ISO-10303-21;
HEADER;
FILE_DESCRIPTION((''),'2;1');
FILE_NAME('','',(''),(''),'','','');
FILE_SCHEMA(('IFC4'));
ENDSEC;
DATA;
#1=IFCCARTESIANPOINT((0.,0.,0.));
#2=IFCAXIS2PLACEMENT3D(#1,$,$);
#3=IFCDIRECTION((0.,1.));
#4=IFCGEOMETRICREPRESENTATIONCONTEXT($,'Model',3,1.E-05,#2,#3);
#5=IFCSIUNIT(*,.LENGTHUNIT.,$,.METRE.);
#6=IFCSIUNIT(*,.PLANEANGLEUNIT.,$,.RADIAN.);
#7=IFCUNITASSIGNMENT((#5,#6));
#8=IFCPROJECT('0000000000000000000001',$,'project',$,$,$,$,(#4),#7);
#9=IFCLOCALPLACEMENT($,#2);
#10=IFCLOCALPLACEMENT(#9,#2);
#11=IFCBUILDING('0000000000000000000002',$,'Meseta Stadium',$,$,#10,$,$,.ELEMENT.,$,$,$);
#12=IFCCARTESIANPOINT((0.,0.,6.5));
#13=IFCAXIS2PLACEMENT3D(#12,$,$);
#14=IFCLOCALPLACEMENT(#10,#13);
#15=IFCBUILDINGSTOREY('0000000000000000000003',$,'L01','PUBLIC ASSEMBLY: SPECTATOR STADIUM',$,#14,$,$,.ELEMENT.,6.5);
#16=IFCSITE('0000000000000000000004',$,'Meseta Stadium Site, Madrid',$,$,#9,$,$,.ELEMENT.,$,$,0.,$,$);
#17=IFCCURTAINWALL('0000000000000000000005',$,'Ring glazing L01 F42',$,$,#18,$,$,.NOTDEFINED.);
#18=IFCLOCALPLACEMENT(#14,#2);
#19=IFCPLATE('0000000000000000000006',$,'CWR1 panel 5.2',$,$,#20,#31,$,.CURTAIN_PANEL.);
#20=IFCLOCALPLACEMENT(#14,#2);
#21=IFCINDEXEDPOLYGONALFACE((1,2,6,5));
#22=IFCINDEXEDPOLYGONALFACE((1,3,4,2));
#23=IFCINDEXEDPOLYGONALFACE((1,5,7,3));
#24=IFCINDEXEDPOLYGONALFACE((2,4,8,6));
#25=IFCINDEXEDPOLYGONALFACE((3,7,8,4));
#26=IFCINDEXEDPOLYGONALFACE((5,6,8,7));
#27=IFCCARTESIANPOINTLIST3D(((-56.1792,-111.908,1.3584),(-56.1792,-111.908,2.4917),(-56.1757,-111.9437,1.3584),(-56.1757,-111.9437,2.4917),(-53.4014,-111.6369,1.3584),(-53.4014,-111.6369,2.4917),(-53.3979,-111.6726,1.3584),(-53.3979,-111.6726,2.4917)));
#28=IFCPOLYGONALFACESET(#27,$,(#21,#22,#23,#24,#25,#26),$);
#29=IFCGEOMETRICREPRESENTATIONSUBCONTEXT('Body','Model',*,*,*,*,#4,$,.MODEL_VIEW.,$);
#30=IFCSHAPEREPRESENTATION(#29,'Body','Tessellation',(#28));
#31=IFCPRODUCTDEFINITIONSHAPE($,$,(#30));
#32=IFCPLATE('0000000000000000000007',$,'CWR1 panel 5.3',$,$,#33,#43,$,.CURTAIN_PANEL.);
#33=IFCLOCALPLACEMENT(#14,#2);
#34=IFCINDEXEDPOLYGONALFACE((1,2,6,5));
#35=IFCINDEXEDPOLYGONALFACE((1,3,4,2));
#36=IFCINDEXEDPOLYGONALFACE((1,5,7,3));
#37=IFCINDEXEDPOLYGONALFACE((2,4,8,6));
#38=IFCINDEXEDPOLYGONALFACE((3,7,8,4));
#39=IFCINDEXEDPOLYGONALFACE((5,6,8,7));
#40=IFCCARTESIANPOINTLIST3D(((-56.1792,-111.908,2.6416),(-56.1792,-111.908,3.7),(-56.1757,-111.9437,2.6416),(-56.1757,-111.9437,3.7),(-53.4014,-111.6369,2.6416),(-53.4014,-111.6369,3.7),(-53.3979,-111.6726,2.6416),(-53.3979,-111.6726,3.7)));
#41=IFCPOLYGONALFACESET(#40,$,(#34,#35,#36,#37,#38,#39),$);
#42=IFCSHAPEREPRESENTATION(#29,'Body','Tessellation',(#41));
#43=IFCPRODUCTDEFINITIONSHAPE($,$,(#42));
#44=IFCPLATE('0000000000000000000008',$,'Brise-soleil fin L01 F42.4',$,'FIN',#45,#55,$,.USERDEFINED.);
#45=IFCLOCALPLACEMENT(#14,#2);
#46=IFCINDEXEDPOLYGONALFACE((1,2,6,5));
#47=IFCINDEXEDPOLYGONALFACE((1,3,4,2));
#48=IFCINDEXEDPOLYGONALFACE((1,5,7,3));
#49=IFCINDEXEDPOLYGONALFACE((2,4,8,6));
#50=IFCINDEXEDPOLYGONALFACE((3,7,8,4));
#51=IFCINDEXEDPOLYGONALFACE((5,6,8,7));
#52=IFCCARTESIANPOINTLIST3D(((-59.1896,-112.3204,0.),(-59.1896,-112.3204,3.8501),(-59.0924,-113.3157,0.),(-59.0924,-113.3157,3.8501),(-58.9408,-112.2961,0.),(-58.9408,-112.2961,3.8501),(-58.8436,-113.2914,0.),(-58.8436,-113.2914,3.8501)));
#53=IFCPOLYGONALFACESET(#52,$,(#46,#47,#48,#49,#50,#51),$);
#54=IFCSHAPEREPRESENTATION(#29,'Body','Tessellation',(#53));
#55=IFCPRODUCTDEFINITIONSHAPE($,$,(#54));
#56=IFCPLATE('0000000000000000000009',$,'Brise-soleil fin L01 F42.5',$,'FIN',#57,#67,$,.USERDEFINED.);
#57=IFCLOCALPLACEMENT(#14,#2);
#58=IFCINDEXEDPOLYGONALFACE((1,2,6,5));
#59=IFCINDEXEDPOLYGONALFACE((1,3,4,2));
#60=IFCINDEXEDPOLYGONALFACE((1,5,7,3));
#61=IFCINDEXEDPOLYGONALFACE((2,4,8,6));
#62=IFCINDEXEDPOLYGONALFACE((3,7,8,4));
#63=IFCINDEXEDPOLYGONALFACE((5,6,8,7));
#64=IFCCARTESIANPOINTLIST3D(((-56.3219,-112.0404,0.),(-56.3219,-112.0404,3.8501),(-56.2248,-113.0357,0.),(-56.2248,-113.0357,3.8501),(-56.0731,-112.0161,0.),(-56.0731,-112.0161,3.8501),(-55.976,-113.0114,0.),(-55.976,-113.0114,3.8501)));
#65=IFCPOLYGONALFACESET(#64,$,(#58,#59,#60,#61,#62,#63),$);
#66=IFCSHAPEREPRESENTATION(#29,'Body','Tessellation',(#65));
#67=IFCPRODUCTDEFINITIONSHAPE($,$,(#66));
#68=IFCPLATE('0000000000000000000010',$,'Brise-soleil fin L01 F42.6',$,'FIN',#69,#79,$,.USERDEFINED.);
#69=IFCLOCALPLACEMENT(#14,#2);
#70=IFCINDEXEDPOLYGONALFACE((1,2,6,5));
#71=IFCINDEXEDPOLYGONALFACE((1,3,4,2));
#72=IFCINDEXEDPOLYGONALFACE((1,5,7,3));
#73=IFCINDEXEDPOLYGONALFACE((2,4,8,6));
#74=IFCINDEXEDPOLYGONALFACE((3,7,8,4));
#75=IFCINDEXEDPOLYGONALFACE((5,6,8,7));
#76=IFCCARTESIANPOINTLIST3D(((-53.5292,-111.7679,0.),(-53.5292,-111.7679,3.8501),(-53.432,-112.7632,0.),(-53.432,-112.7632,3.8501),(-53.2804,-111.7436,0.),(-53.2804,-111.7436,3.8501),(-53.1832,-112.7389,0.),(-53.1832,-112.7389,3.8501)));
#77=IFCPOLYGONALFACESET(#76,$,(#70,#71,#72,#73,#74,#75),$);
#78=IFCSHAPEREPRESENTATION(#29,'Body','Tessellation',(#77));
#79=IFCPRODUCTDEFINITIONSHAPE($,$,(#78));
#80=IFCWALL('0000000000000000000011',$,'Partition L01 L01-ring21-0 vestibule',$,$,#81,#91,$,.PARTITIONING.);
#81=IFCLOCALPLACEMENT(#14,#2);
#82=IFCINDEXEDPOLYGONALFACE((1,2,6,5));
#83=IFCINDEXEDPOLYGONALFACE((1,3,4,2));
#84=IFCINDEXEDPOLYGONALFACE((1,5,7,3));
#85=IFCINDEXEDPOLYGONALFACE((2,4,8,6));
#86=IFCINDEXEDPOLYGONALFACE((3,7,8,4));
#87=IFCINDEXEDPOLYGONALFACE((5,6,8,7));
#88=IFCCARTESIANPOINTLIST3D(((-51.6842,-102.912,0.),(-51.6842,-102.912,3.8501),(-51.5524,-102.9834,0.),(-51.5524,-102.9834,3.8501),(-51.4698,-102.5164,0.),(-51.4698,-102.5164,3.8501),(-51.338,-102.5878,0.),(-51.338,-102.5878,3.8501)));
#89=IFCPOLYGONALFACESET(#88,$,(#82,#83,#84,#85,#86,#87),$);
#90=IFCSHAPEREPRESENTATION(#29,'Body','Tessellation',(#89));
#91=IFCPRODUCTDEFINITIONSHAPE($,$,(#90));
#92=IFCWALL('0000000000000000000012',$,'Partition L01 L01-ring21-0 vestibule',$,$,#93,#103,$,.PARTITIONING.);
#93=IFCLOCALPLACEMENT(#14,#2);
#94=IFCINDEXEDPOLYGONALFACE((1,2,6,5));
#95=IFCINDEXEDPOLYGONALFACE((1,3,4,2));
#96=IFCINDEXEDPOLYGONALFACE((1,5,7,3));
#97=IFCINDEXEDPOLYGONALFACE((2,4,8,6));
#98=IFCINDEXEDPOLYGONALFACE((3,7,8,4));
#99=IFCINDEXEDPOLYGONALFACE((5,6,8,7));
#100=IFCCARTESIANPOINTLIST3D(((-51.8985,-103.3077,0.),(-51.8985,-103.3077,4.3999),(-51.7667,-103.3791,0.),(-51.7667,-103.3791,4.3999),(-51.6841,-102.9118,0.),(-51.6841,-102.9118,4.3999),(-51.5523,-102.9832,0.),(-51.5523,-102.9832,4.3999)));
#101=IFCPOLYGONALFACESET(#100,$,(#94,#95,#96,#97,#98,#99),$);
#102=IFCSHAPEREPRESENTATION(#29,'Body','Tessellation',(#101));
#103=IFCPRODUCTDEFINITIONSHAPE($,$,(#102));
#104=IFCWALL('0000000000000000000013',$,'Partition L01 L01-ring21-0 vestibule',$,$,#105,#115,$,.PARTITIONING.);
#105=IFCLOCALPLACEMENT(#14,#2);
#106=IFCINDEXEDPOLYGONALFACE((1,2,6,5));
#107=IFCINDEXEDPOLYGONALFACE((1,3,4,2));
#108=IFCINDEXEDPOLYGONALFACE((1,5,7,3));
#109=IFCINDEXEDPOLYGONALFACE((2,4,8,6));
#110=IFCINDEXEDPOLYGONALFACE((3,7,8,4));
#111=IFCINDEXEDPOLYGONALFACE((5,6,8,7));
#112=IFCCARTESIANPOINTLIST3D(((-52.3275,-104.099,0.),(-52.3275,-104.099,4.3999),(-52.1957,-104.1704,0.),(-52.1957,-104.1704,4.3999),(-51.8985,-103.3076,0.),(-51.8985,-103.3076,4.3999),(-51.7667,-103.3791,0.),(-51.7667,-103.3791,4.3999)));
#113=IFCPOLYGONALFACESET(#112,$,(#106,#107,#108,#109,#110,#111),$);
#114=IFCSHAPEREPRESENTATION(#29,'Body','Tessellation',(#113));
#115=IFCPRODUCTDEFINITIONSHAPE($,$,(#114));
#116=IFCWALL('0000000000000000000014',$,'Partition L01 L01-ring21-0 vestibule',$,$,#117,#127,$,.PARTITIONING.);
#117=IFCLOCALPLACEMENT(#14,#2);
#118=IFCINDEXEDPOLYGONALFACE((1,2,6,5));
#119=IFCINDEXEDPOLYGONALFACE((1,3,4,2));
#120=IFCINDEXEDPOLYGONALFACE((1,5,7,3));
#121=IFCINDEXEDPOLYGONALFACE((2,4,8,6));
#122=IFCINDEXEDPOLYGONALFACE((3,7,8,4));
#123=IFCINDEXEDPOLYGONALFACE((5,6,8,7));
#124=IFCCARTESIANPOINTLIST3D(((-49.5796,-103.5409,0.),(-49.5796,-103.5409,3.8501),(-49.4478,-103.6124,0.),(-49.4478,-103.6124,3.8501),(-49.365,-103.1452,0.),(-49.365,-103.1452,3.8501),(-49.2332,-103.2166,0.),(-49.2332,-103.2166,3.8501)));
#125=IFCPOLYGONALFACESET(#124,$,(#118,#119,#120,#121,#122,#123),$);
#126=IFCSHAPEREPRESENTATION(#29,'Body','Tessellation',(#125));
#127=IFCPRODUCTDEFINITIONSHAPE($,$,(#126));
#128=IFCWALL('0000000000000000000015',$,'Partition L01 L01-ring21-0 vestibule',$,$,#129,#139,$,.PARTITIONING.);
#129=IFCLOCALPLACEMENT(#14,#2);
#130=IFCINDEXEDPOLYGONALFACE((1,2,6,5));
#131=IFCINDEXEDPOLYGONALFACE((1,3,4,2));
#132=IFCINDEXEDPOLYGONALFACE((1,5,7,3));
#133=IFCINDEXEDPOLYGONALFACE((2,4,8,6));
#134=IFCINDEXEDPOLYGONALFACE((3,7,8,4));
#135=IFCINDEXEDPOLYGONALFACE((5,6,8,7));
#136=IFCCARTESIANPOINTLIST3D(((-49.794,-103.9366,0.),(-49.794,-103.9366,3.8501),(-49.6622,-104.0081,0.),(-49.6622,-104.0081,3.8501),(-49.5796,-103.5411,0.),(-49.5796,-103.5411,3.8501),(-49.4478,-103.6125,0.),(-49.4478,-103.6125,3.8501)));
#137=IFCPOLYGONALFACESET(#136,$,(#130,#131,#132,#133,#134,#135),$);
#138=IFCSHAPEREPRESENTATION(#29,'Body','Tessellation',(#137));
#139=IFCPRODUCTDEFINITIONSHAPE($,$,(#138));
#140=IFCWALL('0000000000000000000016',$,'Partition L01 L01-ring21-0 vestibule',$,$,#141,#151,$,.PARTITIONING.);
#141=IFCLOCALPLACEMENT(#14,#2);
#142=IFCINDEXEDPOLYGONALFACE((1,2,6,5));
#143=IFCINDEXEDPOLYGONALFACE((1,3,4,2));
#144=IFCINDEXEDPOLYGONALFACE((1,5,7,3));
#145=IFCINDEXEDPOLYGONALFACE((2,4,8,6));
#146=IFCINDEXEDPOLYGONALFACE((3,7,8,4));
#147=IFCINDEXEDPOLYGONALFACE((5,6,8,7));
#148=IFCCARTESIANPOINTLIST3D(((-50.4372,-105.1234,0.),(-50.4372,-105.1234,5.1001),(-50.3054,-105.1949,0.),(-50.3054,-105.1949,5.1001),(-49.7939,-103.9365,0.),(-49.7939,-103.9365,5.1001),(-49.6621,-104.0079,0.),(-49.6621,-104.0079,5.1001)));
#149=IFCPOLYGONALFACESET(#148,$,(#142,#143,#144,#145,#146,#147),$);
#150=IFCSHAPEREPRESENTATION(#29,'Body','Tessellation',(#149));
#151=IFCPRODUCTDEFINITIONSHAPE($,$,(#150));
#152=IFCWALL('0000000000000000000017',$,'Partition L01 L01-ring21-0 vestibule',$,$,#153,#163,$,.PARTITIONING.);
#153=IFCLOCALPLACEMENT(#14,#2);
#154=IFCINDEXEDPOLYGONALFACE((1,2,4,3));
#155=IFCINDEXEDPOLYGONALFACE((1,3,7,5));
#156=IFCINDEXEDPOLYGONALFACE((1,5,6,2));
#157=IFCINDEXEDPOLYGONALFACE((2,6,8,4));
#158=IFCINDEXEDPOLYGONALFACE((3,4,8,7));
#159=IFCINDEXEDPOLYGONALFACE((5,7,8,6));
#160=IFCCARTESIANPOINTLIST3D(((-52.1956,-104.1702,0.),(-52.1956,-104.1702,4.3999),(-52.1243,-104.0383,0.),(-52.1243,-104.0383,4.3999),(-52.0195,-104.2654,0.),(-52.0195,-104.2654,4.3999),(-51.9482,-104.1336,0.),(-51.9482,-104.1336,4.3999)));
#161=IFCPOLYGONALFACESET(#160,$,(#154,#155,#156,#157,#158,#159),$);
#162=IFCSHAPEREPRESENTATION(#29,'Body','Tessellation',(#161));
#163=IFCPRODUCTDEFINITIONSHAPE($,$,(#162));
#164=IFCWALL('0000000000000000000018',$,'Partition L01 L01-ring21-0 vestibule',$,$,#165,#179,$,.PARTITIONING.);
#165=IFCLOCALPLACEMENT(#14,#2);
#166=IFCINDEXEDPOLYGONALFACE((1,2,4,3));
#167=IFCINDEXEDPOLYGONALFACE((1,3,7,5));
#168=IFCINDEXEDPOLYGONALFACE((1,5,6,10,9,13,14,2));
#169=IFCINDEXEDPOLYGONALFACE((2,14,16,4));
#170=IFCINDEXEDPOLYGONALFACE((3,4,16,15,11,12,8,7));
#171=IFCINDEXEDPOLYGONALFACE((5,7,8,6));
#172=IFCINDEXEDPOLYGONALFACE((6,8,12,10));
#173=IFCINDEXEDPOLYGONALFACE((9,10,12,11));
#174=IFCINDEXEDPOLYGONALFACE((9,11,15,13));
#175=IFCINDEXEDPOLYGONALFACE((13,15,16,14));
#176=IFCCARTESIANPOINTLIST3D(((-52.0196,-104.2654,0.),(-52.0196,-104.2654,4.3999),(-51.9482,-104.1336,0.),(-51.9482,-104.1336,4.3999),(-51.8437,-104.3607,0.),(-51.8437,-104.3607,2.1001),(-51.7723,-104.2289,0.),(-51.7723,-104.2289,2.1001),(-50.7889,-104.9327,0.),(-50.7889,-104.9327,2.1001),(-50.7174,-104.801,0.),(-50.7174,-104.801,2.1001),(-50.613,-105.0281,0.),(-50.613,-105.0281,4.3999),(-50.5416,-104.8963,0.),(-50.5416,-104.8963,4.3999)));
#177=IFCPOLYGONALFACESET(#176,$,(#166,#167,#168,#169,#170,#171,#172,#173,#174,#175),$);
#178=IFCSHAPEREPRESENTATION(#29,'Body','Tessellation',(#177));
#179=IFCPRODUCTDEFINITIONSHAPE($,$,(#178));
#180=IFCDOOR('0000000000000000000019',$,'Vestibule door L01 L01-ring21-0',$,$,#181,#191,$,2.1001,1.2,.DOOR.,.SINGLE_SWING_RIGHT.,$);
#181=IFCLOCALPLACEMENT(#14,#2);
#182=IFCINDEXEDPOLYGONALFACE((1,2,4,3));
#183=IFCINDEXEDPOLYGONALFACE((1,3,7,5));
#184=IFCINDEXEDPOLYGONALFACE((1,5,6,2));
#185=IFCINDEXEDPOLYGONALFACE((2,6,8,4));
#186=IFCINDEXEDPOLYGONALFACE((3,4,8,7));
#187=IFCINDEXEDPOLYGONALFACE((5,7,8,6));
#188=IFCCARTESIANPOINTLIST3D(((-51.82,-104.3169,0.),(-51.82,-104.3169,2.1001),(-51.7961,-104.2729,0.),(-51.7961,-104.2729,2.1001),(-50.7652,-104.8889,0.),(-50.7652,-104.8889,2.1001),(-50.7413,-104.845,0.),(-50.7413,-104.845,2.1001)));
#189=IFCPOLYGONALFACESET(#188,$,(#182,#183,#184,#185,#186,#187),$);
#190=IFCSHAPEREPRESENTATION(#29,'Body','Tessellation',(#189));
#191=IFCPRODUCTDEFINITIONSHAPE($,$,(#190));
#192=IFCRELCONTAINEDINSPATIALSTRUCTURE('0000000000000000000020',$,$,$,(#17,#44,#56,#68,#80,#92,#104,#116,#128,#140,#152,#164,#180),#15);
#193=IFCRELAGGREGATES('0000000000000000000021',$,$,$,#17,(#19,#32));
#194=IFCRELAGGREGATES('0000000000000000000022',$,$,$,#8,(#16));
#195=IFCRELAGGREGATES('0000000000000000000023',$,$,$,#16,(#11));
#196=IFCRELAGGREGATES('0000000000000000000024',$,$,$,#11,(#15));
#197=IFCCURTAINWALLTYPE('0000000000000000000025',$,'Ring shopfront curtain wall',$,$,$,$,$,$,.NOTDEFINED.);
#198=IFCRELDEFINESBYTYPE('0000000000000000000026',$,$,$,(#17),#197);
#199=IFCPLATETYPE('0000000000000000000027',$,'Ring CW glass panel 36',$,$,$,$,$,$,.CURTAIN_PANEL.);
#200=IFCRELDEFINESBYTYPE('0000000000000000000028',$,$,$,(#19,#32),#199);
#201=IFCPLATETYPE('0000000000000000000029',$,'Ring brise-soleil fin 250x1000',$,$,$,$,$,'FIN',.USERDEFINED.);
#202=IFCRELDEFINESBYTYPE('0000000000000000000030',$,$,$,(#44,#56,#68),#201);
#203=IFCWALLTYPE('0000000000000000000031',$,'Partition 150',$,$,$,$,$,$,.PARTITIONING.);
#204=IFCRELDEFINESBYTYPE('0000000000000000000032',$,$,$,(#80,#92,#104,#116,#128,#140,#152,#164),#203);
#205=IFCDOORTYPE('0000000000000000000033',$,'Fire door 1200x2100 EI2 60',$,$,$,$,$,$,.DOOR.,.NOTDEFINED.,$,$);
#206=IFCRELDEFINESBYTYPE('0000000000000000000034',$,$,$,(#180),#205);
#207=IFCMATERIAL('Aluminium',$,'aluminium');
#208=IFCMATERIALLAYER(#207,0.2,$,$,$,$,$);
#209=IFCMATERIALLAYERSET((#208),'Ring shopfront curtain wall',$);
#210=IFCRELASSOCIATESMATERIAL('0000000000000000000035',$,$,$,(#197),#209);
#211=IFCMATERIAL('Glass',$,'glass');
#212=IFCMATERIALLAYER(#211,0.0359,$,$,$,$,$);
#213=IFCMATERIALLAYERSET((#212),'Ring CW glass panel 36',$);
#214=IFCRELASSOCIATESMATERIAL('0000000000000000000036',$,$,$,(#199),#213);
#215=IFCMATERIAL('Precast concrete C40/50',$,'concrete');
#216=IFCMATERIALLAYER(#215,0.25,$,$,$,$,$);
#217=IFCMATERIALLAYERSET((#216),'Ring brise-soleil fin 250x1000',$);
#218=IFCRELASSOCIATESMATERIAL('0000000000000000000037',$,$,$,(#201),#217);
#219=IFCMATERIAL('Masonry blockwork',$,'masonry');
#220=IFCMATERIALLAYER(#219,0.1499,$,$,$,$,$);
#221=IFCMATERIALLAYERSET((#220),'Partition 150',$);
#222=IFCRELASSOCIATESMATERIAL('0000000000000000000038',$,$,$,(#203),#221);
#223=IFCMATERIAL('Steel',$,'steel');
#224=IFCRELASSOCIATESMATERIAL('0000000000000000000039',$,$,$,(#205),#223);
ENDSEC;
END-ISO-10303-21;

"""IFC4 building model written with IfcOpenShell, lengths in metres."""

from ifc_helpers import new_model, si_unit, direction, frame, frame_2d, origin, origin_2d, place, context, subcontext, project, spatial, rectangle, extrude, material, layer, layer_set, type_object, element, fill, aggregate, save


model = new_model("IFC4")

# Units and contexts
model_context = context("Model", 3, precision=1e-05, world=origin(), true_north=direction((0.0, 1.0)))
body_context = subcontext(model_context, "Body", "Model", "MODEL_VIEW")
ifc_project = project(units=[si_unit("LENGTHUNIT", "METRE"), si_unit("PLANEANGLEUNIT", "RADIAN")], contexts=[model_context])

# Site, building, storey
site_placement = place(None, origin())
site = spatial("IfcSite", under=ifc_project, at=site_placement, Name="Meseta Stadium Site, Madrid", CompositionType="ELEMENT", RefElevation=0.0)
building_placement = place(site_placement, origin())
building = spatial("IfcBuilding", under=site, at=building_placement, Name="Meseta Stadium", CompositionType="ELEMENT")
storey_placement = place(building_placement, frame((0.0, 0.0, 6.5)))
storey = spatial("IfcBuildingStorey", under=building, at=storey_placement, Name="L01", Description="PUBLIC ASSEMBLY: SPECTATOR STADIUM", CompositionType="ELEMENT", Elevation=6.5)

# Curtain wall, plates
ifc_material_1 = material(Name="Aluminium", Category="aluminium")
ifc_layer_1 = layer(ifc_material_1, 0.2)
ifc_layer_set_1 = layer_set([ifc_layer_1], Name="Ring shopfront curtain wall")
curtain_wall_type = type_object("IfcCurtainWallType", Name="Ring shopfront curtain wall", PredefinedType="NOTDEFINED", material=ifc_layer_set_1)
curtain_wall_placement = place(storey_placement, origin())
curtain_wall = element("IfcCurtainWall", 1, at=curtain_wall_placement, inside=storey, type_object=curtain_wall_type, Name="Ring glazing L01 F42", PredefinedType="NOTDEFINED")
ifc_material_2 = material(Name="Glass", Category="glass")
ifc_layer_2 = layer(ifc_material_2, 0.0359)
ifc_layer_set_2 = layer_set([ifc_layer_2], Name="Ring CW glass panel 36")
plate_type_1 = type_object("IfcPlateType", Name="Ring CW glass panel 36", PredefinedType="CURTAIN_PANEL", material=ifc_layer_set_2)
plate_1_placement = place(storey_placement, frame((-54.7886, -111.7903, 1.3584), z_axis=(0.0, 0.0, 1.0), x_axis=(0.995272, 0.097125, 0.0)))
plate_1 = element("IfcPlate", 2, at=plate_1_placement, type_object=plate_type_1, Name="CWR1 panel 5.2", PredefinedType="CURTAIN_PANEL", context=body_context, shape_type="SweptSolid", body=[
    extrude(rectangle(XDim=2.791, YDim=0.0359, at=origin_2d()), origin(), (0.0, 0.0, 1.0), 1.1333),
])
plate_2_placement = place(storey_placement, frame((-54.7886, -111.7903, 2.6416), z_axis=(0.0, 0.0, 1.0), x_axis=(0.995272, 0.097125, 0.0)))
plate_2 = element("IfcPlate", 3, at=plate_2_placement, type_object=plate_type_1, Name="CWR1 panel 5.3", PredefinedType="CURTAIN_PANEL", context=body_context, shape_type="SweptSolid", body=[
    extrude(rectangle(XDim=2.791, YDim=0.0359, at=origin_2d()), origin(), (0.0, 0.0, 1.0), 1.0583),
])
aggregate(curtain_wall, [plate_1, plate_2])

# Plates
ifc_material_3 = material(Name="Precast concrete C40/50", Category="concrete")
ifc_layer_3 = layer(ifc_material_3, 0.25)
ifc_layer_set_3 = layer_set([ifc_layer_3], Name="Ring brise-soleil fin 250x1000")
plate_type_2 = type_object("IfcPlateType", Name="Ring brise-soleil fin 250x1000", ElementType="FIN", PredefinedType="USERDEFINED", material=ifc_layer_set_3)
for number, where, z_axis, x_axis, name in (
    (4, (-59.0166, -112.8059, 0.0), (0.0, 0.0, 1.0), (0.995272, 0.097123, 0.0), "Brise-soleil fin L01 F42.4"),
    (5, (-56.1489, -112.5259, 0.0), (0.0, 0.0, 1.0), (0.995272, 0.097123, 0.0), "Brise-soleil fin L01 F42.5"),
    (6, (-53.3562, -112.2534, 0.0), (0.0, 0.0, 1.0), (0.995272, 0.097123, 0.0), "Brise-soleil fin L01 F42.6"),
):
    element("IfcPlate", number, at=place(storey_placement, frame(where, z_axis=z_axis, x_axis=x_axis)), inside=storey, type_object=plate_type_2, Name=name, ObjectType="FIN", PredefinedType="USERDEFINED", context=body_context, shape_type="SweptSolid", body=[
        extrude(rectangle(XDim=0.25, YDim=1.0, at=origin_2d()), origin(), (0.0, 0.0, 1.0), 3.8501),
    ])

# Walls
ifc_material_4 = material(Name="Masonry blockwork", Category="masonry")
ifc_layer_4 = layer(ifc_material_4, 0.1499)
ifc_layer_set_4 = layer_set([ifc_layer_4], Name="Partition 150")
wall_type = type_object("IfcWallType", Name="Partition 150", PredefinedType="PARTITIONING", material=ifc_layer_set_4)
wall_1_placement = place(storey_placement, frame((-51.4038, -102.552, 0.0), z_axis=(0.0, 0.0, 1.0), x_axis=(-0.476493, -0.879178, 0.0)))
element("IfcWall", 7, at=wall_1_placement, inside=storey, type_object=wall_type, Name="Partition L01 L01-ring21-0 vestibule", PredefinedType="PARTITIONING", context=body_context, shape_type="SweptSolid", body=[
    extrude(rectangle(XDim=0.45, YDim=0.1499, at=frame_2d((0.2251, 0.0))), origin(), (0.0, 0.0, 1.0), 3.8501),
])
wall_2_placement = place(storey_placement, frame((-51.6182, -102.9475, 0.0), z_axis=(0.0, 0.0, 1.0), x_axis=(-0.476266, -0.879301, 0.0)))
element("IfcWall", 8, at=wall_2_placement, inside=storey, type_object=wall_type, Name="Partition L01 L01-ring21-0 vestibule", PredefinedType="PARTITIONING", context=body_context, shape_type="SweptSolid", body=[
    extrude(rectangle(XDim=0.4502, YDim=0.1499, at=frame_2d((0.2251, 0.0))), origin(), (0.0, 0.0, 1.0), 4.3999),
])
wall_3_placement = place(storey_placement, frame((-51.8325, -103.3433, 0.0), z_axis=(0.0, 0.0, 1.0), x_axis=(-0.476589, -0.879126, 0.0)))
element("IfcWall", 9, at=wall_3_placement, inside=storey, type_object=wall_type, Name="Partition L01 L01-ring21-0 vestibule", PredefinedType="PARTITIONING", context=body_context, shape_type="SweptSolid", body=[
    extrude(rectangle(XDim=0.9001, YDim=0.1499, at=frame_2d((0.4502, 0.0))), origin(), (0.0, 0.0, 1.0), 4.3999),
])
wall_4_placement = place(storey_placement, frame((-49.2991, -103.1809, 0.0), z_axis=(0.0, 0.0, 1.0), x_axis=(-0.476685, -0.879074, 0.0)))
element("IfcWall", 10, at=wall_4_placement, inside=storey, type_object=wall_type, Name="Partition L01 L01-ring21-0 vestibule", PredefinedType="PARTITIONING", context=body_context, shape_type="SweptSolid", body=[
    extrude(rectangle(XDim=0.4502, YDim=0.1499, at=frame_2d((0.2251, 0.0))), origin(), (0.0, 0.0, 1.0), 3.8501),
])
wall_5_placement = place(storey_placement, frame((-49.5137, -103.5767, 0.0), z_axis=(0.0, 0.0, 1.0), x_axis=(-0.476493, -0.879178, 0.0)))
element("IfcWall", 11, at=wall_5_placement, inside=storey, type_object=wall_type, Name="Partition L01 L01-ring21-0 vestibule", PredefinedType="PARTITIONING", context=body_context, shape_type="SweptSolid", body=[
    extrude(rectangle(XDim=0.45, YDim=0.1499, at=frame_2d((0.2251, 0.0))), origin(), (0.0, 0.0, 1.0), 3.8501),
])
wall_6_placement = place(storey_placement, frame((-49.728, -103.9722, 0.0), z_axis=(0.0, 0.0, 1.0), x_axis=(-0.476481, -0.879185, 0.0)))
element("IfcWall", 12, at=wall_6_placement, inside=storey, type_object=wall_type, Name="Partition L01 L01-ring21-0 vestibule", PredefinedType="PARTITIONING", context=body_context, shape_type="SweptSolid", body=[
    extrude(rectangle(XDim=1.3501, YDim=0.1499, at=frame_2d((0.675, 0.0))), origin(), (0.0, 0.0, 1.0), 5.1001),
])
wall_7_placement = place(storey_placement, frame((-52.1599, -104.1042, 0.0), z_axis=(0.0, 0.0, 1.0), x_axis=(0.879569, -0.475772, 0.0)))
element("IfcWall", 13, at=wall_7_placement, inside=storey, type_object=wall_type, Name="Partition L01 L01-ring21-0 vestibule", PredefinedType="PARTITIONING", context=body_context, shape_type="SweptSolid", body=[
    extrude(rectangle(XDim=0.2002, YDim=0.1499, at=frame_2d((0.1001, 0.0))), origin(), (0.0, 0.0, 1.0), 4.3999),
])

# Wall, opening, door
wall_8_placement = place(storey_placement, frame((-51.9839, -104.1995, 0.0), z_axis=(0.0, 0.0, 1.0), x_axis=(0.879071, -0.476691, 0.0)))
wall_8 = element("IfcWall", 14, at=wall_8_placement, inside=storey, type_object=wall_type, Name="Partition L01 L01-ring21-0 vestibule", PredefinedType="PARTITIONING", context=body_context, shape_type="SweptSolid", body=[
    extrude(rectangle(XDim=1.6001, YDim=0.1499, at=frame_2d((0.8, 0.0))), origin(), (0.0, 0.0, 1.0), 4.3999),
])
opening_placement = place(wall_8_placement, frame((0.2, 0.0, 0.0)))
opening = element("IfcOpeningElement", 15, at=opening_placement, cuts=wall_8, PredefinedType="OPENING", context=body_context, shape_type="SweptSolid", body=[
    extrude(rectangle(XDim=1.2, YDim=2.1001, at=frame_2d((0.6001, 1.05))), frame((0.0, 0.085, 0.0), z_axis=(0.0, -1.0, 0.0), x_axis=(1.0, 0.0, 0.0)), (0.0, 0.0, 1.0), 0.1699),
])
ifc_material_5 = material(Name="Steel", Category="steel")
door_type = type_object("IfcDoorType", Name="Fire door 1200x2100 EI2 60", OperationType="NOTDEFINED", PredefinedType="DOOR", material=ifc_material_5)
door_placement = place(opening_placement, origin())
door = element("IfcDoor", 16, at=door_placement, inside=storey, type_object=door_type, Name="Vestibule door L01 L01-ring21-0", OperationType="SINGLE_SWING_RIGHT", OverallHeight=2.1001, OverallWidth=1.2, PredefinedType="DOOR", context=body_context, shape_type="SweptSolid", body=[
    extrude(rectangle(XDim=1.2, YDim=2.1001, at=frame_2d((0.6001, 1.05))), frame((0.0, 0.0249, 0.0), z_axis=(0.0, -1.0, 0.0), x_axis=(1.0, 0.0, 0.0)), (0.0, 0.0, 1.0), 0.05),
])
fill(opening, door)

save(model, "model.ifc")
